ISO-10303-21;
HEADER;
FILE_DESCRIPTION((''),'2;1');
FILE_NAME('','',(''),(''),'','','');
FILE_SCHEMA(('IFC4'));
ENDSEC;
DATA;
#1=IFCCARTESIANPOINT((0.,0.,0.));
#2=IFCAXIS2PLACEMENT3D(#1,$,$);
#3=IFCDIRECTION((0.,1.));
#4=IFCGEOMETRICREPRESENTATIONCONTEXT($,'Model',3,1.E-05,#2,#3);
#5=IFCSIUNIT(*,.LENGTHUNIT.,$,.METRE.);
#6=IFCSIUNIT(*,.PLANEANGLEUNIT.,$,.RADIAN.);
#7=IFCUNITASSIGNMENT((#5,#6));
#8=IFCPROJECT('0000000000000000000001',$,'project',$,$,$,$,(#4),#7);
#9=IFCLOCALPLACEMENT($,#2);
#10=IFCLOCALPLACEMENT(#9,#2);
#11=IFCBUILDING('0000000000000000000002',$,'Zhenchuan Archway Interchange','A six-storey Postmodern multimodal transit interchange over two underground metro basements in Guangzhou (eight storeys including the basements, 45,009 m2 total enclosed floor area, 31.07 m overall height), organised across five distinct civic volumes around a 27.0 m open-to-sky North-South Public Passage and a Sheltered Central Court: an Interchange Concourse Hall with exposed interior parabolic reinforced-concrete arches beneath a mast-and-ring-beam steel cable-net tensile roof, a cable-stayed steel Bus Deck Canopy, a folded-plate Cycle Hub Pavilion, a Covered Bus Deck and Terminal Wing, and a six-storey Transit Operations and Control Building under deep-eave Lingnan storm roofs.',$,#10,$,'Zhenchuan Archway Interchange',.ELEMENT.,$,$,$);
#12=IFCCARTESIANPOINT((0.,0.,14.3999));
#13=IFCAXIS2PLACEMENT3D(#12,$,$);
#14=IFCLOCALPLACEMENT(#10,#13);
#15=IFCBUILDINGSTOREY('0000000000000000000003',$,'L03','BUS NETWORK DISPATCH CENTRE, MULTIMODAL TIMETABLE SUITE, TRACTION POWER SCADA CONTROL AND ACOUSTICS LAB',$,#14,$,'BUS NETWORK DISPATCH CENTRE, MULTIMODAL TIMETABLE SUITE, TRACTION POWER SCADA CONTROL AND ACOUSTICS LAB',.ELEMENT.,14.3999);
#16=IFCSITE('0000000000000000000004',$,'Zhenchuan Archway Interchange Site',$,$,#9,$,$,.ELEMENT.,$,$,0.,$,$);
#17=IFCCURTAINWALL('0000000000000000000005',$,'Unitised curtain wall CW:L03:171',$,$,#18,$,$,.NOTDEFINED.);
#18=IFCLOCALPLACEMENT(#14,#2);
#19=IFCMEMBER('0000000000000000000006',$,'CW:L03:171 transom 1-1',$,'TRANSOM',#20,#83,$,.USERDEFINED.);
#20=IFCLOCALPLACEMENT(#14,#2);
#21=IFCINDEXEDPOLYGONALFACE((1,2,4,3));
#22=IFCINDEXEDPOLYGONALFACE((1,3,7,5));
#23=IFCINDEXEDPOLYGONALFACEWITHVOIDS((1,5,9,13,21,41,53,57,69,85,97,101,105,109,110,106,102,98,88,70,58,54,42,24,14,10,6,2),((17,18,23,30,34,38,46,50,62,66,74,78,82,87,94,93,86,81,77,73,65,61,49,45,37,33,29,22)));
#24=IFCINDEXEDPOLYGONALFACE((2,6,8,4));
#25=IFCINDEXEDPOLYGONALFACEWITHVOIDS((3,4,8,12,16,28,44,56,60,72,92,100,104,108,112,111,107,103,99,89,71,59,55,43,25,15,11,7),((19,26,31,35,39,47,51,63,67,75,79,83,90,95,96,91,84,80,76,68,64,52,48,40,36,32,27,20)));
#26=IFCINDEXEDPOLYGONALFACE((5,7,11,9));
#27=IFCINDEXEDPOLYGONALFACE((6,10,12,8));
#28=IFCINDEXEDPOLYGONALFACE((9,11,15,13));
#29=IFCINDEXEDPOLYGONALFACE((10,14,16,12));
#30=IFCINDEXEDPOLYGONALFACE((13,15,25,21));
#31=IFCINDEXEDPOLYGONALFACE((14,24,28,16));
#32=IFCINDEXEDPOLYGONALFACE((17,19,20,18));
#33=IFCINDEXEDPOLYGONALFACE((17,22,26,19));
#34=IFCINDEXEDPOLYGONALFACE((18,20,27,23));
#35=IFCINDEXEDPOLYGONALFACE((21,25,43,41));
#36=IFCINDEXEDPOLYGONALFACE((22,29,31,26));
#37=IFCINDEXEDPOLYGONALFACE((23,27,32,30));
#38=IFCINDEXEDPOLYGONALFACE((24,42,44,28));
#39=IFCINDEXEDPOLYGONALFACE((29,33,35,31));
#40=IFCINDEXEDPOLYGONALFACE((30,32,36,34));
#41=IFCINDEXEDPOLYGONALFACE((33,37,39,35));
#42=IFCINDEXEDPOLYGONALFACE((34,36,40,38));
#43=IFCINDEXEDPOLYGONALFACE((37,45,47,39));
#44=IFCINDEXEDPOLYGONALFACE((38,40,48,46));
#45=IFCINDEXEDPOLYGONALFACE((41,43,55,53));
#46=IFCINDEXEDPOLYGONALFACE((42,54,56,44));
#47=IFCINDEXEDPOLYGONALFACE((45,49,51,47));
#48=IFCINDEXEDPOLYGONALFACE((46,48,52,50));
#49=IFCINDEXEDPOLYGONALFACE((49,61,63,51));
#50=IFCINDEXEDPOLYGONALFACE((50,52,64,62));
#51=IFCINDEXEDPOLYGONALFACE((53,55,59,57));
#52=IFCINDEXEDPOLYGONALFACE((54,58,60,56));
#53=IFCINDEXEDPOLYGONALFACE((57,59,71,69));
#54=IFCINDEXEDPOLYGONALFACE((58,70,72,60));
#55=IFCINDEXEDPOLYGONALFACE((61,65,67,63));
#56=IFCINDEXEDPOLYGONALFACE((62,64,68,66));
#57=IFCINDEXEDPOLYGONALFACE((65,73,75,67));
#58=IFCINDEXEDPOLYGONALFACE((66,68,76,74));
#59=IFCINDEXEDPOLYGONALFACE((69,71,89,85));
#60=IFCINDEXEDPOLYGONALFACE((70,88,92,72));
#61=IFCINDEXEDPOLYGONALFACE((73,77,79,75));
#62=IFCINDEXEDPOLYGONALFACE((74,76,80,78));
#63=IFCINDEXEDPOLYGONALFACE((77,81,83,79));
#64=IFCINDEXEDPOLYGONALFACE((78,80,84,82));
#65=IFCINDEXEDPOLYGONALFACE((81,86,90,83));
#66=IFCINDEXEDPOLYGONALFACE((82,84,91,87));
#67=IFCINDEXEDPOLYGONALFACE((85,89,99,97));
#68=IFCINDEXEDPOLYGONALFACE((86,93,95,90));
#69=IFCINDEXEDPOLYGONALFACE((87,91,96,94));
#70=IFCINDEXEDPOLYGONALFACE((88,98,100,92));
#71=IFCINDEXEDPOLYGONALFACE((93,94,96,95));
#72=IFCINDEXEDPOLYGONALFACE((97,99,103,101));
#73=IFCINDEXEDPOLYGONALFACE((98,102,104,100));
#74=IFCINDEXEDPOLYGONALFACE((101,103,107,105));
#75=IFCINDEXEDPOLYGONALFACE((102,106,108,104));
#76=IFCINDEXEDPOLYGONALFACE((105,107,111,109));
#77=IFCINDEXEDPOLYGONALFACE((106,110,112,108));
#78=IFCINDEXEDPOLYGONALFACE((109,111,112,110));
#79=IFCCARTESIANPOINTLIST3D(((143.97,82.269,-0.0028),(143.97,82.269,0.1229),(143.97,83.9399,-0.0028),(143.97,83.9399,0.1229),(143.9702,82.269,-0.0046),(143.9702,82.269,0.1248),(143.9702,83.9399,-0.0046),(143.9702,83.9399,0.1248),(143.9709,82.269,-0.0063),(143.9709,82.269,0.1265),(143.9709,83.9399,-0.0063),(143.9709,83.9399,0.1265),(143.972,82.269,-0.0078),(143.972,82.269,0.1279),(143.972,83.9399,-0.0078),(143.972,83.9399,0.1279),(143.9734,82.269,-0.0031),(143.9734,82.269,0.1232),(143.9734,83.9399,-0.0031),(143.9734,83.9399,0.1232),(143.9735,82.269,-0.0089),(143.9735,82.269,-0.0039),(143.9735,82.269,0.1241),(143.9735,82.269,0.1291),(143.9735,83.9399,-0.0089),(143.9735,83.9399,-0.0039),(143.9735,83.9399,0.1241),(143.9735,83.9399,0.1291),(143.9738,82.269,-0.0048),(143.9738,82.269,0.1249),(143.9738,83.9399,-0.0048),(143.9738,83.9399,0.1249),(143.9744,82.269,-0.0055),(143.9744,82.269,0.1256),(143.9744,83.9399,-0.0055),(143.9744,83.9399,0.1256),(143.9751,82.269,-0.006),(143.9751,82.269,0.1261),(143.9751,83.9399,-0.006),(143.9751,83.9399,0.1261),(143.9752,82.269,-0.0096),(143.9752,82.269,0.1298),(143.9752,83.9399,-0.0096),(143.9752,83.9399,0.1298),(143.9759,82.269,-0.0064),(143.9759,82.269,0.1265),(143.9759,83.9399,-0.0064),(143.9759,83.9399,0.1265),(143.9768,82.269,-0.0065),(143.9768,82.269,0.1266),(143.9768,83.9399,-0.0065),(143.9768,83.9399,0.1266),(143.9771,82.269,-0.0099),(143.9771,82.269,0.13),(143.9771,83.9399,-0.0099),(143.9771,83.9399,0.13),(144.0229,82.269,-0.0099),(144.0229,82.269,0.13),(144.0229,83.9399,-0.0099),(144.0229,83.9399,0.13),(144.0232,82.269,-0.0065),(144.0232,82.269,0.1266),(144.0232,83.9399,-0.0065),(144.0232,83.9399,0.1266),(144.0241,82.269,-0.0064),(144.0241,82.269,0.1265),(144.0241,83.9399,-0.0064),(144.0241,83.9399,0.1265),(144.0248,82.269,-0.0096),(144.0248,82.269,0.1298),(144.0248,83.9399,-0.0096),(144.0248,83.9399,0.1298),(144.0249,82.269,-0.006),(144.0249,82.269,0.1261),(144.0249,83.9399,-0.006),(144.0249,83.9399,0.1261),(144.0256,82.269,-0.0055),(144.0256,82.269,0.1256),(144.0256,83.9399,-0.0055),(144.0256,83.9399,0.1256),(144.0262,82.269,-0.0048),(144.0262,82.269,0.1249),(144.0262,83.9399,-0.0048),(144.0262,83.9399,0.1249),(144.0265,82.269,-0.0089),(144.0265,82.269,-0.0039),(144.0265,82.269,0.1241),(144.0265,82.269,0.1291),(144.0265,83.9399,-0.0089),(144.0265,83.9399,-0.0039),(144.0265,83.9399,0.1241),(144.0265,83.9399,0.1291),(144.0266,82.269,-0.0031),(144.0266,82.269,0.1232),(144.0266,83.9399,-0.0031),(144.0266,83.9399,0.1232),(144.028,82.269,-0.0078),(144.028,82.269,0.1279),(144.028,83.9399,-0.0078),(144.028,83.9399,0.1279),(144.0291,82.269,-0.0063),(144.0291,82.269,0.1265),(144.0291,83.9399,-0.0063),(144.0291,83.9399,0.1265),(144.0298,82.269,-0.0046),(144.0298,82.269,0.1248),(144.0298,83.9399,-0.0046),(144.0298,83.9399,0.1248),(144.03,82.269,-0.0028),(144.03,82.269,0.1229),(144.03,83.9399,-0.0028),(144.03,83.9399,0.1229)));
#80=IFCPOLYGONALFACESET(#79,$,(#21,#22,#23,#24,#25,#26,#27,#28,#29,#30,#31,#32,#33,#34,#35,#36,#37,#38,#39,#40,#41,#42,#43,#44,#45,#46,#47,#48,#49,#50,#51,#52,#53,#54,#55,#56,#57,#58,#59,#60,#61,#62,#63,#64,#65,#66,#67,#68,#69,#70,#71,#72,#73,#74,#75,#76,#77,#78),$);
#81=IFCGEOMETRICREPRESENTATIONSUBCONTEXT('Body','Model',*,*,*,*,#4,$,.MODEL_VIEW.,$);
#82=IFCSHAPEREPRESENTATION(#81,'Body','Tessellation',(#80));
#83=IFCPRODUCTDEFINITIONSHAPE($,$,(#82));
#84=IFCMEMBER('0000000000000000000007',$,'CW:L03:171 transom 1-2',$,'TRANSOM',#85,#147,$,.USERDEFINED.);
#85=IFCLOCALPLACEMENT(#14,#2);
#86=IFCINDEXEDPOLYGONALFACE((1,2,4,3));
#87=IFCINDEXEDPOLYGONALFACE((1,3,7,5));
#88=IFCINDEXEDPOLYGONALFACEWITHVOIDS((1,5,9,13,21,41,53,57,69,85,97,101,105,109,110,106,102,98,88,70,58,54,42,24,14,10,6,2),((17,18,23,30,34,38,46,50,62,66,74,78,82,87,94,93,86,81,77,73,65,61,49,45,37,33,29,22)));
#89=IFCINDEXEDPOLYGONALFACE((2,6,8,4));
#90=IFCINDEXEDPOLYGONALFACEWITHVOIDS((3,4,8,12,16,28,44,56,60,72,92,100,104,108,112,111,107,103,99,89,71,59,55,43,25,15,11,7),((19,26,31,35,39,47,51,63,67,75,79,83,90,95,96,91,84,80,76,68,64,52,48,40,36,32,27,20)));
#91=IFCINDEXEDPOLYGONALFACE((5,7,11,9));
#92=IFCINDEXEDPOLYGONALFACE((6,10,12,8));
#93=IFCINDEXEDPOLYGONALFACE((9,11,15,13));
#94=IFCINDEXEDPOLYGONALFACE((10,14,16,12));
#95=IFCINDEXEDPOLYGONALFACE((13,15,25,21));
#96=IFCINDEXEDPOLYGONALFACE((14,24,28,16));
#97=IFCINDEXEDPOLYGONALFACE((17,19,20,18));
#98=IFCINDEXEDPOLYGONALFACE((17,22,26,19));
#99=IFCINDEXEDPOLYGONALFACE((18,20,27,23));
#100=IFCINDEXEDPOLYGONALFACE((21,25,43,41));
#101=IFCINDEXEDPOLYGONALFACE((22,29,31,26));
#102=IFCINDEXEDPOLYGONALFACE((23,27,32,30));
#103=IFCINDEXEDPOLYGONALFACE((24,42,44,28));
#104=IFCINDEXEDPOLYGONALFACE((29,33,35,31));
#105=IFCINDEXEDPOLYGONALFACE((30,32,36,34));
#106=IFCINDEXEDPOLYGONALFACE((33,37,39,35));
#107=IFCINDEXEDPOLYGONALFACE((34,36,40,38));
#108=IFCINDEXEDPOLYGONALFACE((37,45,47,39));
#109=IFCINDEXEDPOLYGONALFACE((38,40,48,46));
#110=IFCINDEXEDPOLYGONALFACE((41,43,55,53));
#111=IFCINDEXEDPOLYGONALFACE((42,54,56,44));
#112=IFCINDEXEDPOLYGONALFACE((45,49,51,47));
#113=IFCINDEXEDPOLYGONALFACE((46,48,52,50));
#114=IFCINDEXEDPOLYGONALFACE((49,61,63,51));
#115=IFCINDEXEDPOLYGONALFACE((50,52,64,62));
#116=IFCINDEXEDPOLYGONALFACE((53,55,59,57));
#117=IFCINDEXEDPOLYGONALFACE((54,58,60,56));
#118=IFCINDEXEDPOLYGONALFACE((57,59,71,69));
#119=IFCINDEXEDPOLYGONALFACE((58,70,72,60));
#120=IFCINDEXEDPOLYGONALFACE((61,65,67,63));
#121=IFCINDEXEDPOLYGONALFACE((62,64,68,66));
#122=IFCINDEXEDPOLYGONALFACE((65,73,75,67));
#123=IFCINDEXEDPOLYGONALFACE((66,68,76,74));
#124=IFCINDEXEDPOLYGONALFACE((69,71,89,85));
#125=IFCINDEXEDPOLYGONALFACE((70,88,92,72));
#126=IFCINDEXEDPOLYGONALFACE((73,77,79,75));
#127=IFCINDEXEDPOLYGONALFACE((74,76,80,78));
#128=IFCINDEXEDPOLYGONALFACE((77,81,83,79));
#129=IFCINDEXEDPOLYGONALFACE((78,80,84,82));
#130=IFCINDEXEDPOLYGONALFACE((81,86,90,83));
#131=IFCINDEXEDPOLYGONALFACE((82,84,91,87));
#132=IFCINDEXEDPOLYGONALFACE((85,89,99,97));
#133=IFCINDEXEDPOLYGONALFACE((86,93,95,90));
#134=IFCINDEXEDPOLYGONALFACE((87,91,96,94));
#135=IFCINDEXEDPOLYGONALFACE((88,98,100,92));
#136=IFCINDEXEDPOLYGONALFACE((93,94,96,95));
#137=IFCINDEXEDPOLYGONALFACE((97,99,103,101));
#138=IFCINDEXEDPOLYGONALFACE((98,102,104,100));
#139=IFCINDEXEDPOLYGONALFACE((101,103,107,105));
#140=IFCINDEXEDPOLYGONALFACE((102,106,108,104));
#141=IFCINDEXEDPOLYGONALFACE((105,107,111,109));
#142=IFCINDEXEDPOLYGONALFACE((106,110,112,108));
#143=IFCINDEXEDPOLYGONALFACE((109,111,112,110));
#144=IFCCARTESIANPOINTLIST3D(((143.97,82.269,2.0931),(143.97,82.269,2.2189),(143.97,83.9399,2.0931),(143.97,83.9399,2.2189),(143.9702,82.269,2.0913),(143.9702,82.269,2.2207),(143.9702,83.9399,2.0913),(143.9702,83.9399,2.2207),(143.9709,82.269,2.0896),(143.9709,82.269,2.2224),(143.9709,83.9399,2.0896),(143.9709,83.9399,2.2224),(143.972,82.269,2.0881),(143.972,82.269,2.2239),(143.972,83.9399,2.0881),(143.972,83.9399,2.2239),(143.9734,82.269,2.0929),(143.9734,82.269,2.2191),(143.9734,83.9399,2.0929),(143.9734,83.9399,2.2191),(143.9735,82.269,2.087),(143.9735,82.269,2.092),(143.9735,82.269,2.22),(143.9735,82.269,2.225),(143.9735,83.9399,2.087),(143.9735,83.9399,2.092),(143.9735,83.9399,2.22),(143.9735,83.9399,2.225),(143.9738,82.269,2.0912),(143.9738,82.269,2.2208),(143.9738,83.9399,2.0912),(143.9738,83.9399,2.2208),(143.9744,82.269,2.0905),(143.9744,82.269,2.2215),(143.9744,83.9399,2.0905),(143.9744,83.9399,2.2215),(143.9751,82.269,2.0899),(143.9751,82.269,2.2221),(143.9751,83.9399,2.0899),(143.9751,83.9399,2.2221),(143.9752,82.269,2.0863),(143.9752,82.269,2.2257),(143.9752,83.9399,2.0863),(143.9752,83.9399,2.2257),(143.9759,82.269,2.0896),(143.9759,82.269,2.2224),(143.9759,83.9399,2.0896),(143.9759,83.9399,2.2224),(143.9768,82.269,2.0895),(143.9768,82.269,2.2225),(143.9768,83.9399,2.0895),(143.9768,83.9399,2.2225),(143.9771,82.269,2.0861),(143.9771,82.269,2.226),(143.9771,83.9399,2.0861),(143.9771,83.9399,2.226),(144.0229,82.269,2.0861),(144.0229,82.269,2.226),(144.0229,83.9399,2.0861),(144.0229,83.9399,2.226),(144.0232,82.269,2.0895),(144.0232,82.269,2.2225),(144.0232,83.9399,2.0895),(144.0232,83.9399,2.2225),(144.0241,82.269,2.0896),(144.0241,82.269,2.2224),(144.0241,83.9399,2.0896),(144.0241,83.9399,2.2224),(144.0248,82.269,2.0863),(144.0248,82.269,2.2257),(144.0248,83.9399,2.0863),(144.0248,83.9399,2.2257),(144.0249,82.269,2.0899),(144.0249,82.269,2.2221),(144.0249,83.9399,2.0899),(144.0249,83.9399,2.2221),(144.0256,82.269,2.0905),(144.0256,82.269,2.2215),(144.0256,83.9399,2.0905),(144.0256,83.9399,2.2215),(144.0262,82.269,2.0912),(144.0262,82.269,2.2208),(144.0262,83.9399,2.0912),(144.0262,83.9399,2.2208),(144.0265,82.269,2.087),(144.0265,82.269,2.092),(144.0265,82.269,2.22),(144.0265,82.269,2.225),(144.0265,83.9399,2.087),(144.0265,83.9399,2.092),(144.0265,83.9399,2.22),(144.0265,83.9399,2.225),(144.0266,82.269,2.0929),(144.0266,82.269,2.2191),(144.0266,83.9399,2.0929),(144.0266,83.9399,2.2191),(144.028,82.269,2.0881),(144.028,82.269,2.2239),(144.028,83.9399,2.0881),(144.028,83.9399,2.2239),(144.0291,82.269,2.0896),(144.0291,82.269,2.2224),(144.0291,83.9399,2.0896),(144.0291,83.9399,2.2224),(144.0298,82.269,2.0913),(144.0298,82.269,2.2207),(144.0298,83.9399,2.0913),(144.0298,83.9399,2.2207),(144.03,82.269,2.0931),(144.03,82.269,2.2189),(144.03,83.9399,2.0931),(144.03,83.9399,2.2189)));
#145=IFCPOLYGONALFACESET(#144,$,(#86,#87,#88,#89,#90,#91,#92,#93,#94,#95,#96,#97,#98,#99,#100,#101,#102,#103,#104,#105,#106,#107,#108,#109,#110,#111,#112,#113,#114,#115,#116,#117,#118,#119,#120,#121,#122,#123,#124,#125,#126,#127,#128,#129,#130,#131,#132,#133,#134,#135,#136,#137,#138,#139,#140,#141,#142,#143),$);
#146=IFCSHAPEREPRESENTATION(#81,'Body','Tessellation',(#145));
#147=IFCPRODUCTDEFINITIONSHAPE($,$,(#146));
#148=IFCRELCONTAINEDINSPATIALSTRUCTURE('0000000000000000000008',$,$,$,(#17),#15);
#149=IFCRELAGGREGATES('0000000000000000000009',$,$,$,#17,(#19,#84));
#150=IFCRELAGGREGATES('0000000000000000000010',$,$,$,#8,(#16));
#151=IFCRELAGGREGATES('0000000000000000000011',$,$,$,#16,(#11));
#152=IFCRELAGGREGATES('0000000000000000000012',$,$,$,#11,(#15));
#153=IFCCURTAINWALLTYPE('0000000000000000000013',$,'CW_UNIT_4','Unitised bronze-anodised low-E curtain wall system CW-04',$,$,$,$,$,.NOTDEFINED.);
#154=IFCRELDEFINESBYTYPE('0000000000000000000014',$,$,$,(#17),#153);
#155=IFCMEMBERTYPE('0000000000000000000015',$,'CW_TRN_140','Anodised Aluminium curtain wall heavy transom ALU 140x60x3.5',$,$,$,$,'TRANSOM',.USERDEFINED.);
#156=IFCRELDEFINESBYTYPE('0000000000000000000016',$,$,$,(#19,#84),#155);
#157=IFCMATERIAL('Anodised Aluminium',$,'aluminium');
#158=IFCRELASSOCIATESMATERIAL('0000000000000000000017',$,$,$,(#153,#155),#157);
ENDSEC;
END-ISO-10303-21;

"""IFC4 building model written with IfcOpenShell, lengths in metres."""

from ifc_helpers import new_model, si_unit, direction, frame, origin, origin_2d, place, context, subcontext, project, spatial, hollow_rectangle, extrude, material, material_profile, profile_set, type_object, element, aggregate, save


model = new_model("IFC4")

# Units and contexts
model_context = context("Model", 3, precision=1e-05, world=origin(), true_north=direction((0.0, 1.0)))
body_context = subcontext(model_context, "Body", "Model", "MODEL_VIEW")
ifc_project = project(units=[si_unit("LENGTHUNIT", "METRE"), si_unit("PLANEANGLEUNIT", "RADIAN")], contexts=[model_context])

# Site, building, storey
site_placement = place(None, origin())
site = spatial("IfcSite", under=ifc_project, at=site_placement, Name="Zhenchuan Archway Interchange Site", CompositionType="ELEMENT", RefElevation=0.0)
building_placement = place(site_placement, origin())
building = spatial("IfcBuilding", under=site, at=building_placement, Name="Zhenchuan Archway Interchange", Description="A six-storey Postmodern multimodal transit interchange over two underground metro basements in Guangzhou (eight storeys including the basements, 45,009 m2 total enclosed floor area, 31.07 m overall height), organised across five distinct civic volumes around a 27.0 m open-to-sky North-South Public Passage and a Sheltered Central Court: an Interchange Concourse Hall with exposed interior parabolic reinforced-concrete arches beneath a mast-and-ring-beam steel cable-net tensile roof, a cable-stayed steel Bus Deck Canopy, a folded-plate Cycle Hub Pavilion, a Covered Bus Deck and Terminal Wing, and a six-storey Transit Operations and Control Building under deep-eave Lingnan storm roofs.", LongName="Zhenchuan Archway Interchange", CompositionType="ELEMENT")
storey_placement = place(building_placement, frame((0.0, 0.0, 14.3999)))
storey = spatial("IfcBuildingStorey", under=building, at=storey_placement, Name="L03", Description="BUS NETWORK DISPATCH CENTRE, MULTIMODAL TIMETABLE SUITE, TRACTION POWER SCADA CONTROL AND ACOUSTICS LAB", LongName="BUS NETWORK DISPATCH CENTRE, MULTIMODAL TIMETABLE SUITE, TRACTION POWER SCADA CONTROL AND ACOUSTICS LAB", CompositionType="ELEMENT", Elevation=14.3999)

# Curtain wall
ifc_material_1 = material(Name="Anodised Aluminium", Category="aluminium")
curtain_wall_type_1 = type_object("IfcCurtainWallType", Name="CW_UNIT_4", Description="Unitised bronze-anodised low-E curtain wall system CW-04", PredefinedType="NOTDEFINED", material=ifc_material_1)
curtain_wall_1_placement = place(storey_placement, origin())
curtain_wall_1 = element("IfcCurtainWall", 1, at=curtain_wall_1_placement, inside=storey, type_object=curtain_wall_type_1, Name="Unitised curtain wall CW:L03:171", PredefinedType="NOTDEFINED")

# Members
ifc_material_profile_1 = material_profile(ifc_material_1, hollow_rectangle(XDim=0.0601, YDim=0.1399, WallThickness=0.0034, InnerFilletRadius=0.0034, OuterFilletRadius=0.0071, at=origin_2d()), Name="ALU 140x60x3.5")
ifc_profile_set_1 = profile_set([ifc_material_profile_1], Name="Anodised Aluminium")
member_type_1 = type_object("IfcMemberType", Name="CW_TRN_140", Description="Anodised Aluminium curtain wall heavy transom ALU 140x60x3.5", ElementType="TRANSOM", PredefinedType="USERDEFINED", material=ifc_profile_set_1)
member_1_placement = place(storey_placement, frame((144.0, 82.269, 0.0601), z_axis=(0.0, 1.0, 0.0), x_axis=(-1.0, 0.0, 0.0)))
member_1 = element("IfcMember", 2, at=member_1_placement, type_object=member_type_1, Name="CW:L03:171 transom 1-1", ObjectType="TRANSOM", PredefinedType="USERDEFINED", context=body_context, shape_type="SweptSolid", body=[
    extrude(hollow_rectangle(XDim=0.0601, YDim=0.1399, WallThickness=0.0034, InnerFilletRadius=0.0034, OuterFilletRadius=0.0071, at=origin_2d()), origin(), (0.0, 0.0, 1.0), 1.6709),
])
member_2_placement = place(storey_placement, frame((144.0, 82.269, 2.156), z_axis=(0.0, 1.0, 0.0), x_axis=(-1.0, 0.0, 0.0)))
member_2 = element("IfcMember", 3, at=member_2_placement, type_object=member_type_1, Name="CW:L03:171 transom 1-2", ObjectType="TRANSOM", PredefinedType="USERDEFINED", context=body_context, shape_type="SweptSolid", body=[
    extrude(hollow_rectangle(XDim=0.0601, YDim=0.1399, WallThickness=0.0034, InnerFilletRadius=0.0034, OuterFilletRadius=0.0071, at=origin_2d()), origin(), (0.0, 0.0, 1.0), 1.6709),
])

aggregate(curtain_wall_1, [member_1, member_2])

save(model, "model.ifc")
